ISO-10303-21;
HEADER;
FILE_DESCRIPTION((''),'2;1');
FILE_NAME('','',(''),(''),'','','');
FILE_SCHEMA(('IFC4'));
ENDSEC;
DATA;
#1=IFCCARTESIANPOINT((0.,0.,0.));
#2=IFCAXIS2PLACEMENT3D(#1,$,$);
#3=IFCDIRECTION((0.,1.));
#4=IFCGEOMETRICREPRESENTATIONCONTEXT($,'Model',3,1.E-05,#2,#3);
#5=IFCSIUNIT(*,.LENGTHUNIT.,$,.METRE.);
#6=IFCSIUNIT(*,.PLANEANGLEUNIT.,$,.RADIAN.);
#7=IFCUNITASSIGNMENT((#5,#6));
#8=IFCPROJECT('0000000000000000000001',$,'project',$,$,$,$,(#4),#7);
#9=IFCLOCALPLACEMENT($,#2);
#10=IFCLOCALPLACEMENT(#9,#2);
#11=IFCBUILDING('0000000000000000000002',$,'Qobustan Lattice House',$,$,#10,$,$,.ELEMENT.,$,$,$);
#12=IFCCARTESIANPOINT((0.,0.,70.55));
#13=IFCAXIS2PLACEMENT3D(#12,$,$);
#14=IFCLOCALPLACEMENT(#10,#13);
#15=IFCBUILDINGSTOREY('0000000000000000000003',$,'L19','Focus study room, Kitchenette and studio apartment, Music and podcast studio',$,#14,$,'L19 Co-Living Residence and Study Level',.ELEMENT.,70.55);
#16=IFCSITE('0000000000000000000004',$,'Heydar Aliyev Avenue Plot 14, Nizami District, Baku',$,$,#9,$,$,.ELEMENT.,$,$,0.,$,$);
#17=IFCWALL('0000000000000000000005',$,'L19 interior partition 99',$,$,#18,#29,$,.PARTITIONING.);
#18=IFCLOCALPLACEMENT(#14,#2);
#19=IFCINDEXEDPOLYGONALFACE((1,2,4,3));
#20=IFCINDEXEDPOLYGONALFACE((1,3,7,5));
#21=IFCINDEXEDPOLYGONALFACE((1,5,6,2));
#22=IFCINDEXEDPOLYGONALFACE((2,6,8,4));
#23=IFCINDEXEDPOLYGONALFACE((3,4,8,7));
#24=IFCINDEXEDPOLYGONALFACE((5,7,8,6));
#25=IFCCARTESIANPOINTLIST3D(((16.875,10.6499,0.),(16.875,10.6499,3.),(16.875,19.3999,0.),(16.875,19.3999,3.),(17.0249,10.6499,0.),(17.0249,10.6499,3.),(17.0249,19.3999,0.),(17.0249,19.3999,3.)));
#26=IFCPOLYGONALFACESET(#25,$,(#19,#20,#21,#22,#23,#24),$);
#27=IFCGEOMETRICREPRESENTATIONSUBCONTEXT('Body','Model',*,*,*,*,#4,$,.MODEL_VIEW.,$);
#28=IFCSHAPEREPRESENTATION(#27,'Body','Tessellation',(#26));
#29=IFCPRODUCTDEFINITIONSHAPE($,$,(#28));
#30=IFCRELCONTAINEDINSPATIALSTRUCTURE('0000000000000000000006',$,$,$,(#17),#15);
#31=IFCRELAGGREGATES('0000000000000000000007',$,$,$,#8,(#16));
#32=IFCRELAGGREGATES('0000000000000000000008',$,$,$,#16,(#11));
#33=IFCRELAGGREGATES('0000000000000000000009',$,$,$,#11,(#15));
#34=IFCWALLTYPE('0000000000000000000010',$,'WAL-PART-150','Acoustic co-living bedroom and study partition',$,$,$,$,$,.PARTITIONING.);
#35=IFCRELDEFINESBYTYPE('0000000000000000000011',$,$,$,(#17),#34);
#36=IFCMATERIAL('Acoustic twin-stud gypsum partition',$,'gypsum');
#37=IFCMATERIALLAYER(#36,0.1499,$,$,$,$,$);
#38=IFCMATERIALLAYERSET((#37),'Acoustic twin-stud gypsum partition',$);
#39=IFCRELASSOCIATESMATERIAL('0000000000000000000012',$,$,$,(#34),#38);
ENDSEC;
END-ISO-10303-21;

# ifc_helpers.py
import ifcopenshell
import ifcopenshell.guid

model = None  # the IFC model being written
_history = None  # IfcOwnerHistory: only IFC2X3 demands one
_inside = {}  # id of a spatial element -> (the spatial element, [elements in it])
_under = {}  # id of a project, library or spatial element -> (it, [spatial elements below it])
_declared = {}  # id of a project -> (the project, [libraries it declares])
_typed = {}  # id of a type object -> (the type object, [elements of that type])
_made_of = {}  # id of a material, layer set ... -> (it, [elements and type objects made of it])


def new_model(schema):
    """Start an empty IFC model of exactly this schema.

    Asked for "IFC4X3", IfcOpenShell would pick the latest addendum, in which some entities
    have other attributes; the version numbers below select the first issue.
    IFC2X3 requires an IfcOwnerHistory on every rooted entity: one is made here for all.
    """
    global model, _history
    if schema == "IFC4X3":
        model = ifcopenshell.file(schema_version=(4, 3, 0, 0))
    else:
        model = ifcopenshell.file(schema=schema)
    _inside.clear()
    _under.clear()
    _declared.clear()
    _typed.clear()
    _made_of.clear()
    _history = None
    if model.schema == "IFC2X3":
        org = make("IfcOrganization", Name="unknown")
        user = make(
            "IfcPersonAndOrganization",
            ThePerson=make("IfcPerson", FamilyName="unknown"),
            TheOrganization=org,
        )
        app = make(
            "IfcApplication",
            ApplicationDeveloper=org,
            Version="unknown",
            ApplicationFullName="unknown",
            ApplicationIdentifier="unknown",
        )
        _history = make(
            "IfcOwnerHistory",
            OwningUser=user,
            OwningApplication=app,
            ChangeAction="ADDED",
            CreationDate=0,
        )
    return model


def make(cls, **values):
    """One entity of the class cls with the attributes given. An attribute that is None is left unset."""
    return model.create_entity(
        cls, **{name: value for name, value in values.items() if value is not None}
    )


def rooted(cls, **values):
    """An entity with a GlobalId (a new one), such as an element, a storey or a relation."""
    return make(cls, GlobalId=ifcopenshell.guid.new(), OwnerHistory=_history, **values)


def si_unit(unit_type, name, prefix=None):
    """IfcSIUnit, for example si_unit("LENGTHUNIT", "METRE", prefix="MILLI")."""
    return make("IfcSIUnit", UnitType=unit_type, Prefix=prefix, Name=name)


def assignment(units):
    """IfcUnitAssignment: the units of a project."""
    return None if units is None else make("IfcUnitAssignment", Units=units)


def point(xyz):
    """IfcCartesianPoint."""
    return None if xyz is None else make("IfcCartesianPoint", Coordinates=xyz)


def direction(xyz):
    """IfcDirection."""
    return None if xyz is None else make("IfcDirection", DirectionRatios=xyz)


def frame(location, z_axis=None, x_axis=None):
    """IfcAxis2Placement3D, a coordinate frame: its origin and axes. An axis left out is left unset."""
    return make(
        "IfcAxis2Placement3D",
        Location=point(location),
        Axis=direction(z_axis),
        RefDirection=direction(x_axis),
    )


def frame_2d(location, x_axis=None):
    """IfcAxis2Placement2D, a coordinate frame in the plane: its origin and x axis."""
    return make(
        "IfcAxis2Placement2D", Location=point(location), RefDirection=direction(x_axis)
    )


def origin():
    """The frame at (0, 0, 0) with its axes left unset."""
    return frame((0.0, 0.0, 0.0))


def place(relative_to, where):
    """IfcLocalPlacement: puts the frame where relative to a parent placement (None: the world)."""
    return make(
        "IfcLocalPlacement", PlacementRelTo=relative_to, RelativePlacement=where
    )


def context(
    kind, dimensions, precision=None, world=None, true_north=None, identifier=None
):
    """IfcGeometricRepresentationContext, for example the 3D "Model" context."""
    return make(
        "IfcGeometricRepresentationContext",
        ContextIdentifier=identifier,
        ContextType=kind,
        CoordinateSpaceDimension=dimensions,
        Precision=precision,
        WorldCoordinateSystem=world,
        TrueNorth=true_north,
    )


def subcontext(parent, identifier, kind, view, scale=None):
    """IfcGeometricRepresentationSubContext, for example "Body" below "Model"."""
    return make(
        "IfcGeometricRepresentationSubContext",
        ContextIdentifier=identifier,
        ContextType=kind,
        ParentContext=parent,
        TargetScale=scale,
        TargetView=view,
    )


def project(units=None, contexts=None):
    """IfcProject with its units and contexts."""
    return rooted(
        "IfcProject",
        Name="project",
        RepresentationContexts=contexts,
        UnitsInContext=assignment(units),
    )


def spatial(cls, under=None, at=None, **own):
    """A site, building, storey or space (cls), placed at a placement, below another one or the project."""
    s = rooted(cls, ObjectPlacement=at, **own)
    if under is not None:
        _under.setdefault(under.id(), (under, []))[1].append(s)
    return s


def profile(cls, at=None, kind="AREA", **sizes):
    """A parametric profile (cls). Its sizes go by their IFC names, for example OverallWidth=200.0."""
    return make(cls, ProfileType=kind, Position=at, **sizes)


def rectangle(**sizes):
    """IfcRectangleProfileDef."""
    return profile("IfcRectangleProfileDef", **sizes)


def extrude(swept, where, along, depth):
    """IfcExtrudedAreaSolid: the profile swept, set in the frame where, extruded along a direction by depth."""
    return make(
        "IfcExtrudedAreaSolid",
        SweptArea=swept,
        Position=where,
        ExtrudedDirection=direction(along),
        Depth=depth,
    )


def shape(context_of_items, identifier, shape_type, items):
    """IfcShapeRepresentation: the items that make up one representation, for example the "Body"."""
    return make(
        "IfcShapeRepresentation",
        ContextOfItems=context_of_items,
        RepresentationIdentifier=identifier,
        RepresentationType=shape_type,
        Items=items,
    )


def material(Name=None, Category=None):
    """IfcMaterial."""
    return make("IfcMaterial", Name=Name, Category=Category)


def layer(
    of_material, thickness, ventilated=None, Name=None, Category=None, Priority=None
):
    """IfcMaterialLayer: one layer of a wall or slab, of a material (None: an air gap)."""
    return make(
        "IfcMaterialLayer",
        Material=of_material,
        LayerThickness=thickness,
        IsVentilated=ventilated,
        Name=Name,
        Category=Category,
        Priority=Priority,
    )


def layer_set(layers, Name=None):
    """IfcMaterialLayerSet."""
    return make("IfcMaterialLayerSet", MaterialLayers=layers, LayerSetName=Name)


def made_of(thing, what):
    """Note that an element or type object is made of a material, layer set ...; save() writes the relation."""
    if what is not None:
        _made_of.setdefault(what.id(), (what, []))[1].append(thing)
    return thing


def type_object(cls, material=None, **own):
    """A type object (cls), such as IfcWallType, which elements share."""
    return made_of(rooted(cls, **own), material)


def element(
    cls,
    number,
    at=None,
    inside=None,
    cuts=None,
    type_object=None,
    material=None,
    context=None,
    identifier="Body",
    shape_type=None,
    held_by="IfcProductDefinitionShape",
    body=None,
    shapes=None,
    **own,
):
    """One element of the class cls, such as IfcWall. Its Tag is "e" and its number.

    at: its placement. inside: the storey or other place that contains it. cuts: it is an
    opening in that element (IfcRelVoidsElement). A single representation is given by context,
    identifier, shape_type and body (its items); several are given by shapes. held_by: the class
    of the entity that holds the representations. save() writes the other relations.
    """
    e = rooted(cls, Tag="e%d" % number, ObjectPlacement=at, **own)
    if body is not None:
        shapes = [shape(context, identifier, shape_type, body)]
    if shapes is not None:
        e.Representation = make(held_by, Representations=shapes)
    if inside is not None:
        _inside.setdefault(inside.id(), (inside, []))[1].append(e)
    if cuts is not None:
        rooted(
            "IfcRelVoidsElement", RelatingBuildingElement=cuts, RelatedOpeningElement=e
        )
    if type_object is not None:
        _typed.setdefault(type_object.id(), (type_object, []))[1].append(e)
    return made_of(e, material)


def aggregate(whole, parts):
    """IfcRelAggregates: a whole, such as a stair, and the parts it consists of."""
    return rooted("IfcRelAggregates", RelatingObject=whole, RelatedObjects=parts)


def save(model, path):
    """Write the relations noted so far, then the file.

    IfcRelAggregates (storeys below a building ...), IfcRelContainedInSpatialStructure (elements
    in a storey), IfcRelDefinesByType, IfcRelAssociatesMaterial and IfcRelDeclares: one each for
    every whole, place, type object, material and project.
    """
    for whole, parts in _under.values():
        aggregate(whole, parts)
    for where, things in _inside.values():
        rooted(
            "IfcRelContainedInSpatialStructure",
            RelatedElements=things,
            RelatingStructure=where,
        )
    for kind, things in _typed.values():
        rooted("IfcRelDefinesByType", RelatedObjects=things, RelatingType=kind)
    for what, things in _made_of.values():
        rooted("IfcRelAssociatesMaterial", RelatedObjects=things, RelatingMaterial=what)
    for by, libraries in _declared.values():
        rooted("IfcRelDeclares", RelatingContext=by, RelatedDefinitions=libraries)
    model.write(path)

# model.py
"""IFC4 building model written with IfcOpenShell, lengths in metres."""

from ifc_helpers import new_model, si_unit, direction, frame, frame_2d, origin, place, context, subcontext, project, spatial, rectangle, extrude, material, layer, layer_set, type_object, element, save


model = new_model("IFC4")

# Units and contexts
model_context = context("Model", 3, precision=1e-05, world=origin(), true_north=direction((0.0, 1.0)))
body_context = subcontext(model_context, "Body", "Model", "MODEL_VIEW")
ifc_project = project(units=[si_unit("LENGTHUNIT", "METRE"), si_unit("PLANEANGLEUNIT", "RADIAN")], contexts=[model_context])

# Site, building, storey
site_placement = place(None, origin())
site = spatial("IfcSite", under=ifc_project, at=site_placement, Name="Heydar Aliyev Avenue Plot 14, Nizami District, Baku", CompositionType="ELEMENT", RefElevation=0.0)
building_placement = place(site_placement, origin())
building = spatial("IfcBuilding", under=site, at=building_placement, Name="Qobustan Lattice House", CompositionType="ELEMENT")
storey_placement = place(building_placement, frame((0.0, 0.0, 70.55)))
storey = spatial("IfcBuildingStorey", under=building, at=storey_placement, Name="L19", Description="Focus study room, Kitchenette and studio apartment, Music and podcast studio", LongName="L19 Co-Living Residence and Study Level", CompositionType="ELEMENT", Elevation=70.55)

# Wall
ifc_material_1 = material(Name="Acoustic twin-stud gypsum partition", Category="gypsum")
ifc_layer_1 = layer(ifc_material_1, 0.1499)
ifc_layer_set_1 = layer_set([ifc_layer_1], Name="Acoustic twin-stud gypsum partition")
wall_type_1 = type_object("IfcWallType", Name="WAL-PART-150", Description="Acoustic co-living bedroom and study partition", PredefinedType="PARTITIONING", material=ifc_layer_set_1)
wall_1_placement = place(storey_placement, frame((16.95, 19.3999, 0.0), z_axis=(0.0, 0.0, 1.0), x_axis=(0.0, -1.0, 0.0)))
element("IfcWall", 1, at=wall_1_placement, inside=storey, type_object=wall_type_1, Name="L19 interior partition 99", PredefinedType="PARTITIONING", context=body_context, shape_type="SweptSolid", body=[
    extrude(rectangle(XDim=8.75, YDim=0.1499, at=frame_2d((4.375, 0.0))), origin(), (0.0, 0.0, 1.0), 3.0),
])

save(model, "model.ifc")
